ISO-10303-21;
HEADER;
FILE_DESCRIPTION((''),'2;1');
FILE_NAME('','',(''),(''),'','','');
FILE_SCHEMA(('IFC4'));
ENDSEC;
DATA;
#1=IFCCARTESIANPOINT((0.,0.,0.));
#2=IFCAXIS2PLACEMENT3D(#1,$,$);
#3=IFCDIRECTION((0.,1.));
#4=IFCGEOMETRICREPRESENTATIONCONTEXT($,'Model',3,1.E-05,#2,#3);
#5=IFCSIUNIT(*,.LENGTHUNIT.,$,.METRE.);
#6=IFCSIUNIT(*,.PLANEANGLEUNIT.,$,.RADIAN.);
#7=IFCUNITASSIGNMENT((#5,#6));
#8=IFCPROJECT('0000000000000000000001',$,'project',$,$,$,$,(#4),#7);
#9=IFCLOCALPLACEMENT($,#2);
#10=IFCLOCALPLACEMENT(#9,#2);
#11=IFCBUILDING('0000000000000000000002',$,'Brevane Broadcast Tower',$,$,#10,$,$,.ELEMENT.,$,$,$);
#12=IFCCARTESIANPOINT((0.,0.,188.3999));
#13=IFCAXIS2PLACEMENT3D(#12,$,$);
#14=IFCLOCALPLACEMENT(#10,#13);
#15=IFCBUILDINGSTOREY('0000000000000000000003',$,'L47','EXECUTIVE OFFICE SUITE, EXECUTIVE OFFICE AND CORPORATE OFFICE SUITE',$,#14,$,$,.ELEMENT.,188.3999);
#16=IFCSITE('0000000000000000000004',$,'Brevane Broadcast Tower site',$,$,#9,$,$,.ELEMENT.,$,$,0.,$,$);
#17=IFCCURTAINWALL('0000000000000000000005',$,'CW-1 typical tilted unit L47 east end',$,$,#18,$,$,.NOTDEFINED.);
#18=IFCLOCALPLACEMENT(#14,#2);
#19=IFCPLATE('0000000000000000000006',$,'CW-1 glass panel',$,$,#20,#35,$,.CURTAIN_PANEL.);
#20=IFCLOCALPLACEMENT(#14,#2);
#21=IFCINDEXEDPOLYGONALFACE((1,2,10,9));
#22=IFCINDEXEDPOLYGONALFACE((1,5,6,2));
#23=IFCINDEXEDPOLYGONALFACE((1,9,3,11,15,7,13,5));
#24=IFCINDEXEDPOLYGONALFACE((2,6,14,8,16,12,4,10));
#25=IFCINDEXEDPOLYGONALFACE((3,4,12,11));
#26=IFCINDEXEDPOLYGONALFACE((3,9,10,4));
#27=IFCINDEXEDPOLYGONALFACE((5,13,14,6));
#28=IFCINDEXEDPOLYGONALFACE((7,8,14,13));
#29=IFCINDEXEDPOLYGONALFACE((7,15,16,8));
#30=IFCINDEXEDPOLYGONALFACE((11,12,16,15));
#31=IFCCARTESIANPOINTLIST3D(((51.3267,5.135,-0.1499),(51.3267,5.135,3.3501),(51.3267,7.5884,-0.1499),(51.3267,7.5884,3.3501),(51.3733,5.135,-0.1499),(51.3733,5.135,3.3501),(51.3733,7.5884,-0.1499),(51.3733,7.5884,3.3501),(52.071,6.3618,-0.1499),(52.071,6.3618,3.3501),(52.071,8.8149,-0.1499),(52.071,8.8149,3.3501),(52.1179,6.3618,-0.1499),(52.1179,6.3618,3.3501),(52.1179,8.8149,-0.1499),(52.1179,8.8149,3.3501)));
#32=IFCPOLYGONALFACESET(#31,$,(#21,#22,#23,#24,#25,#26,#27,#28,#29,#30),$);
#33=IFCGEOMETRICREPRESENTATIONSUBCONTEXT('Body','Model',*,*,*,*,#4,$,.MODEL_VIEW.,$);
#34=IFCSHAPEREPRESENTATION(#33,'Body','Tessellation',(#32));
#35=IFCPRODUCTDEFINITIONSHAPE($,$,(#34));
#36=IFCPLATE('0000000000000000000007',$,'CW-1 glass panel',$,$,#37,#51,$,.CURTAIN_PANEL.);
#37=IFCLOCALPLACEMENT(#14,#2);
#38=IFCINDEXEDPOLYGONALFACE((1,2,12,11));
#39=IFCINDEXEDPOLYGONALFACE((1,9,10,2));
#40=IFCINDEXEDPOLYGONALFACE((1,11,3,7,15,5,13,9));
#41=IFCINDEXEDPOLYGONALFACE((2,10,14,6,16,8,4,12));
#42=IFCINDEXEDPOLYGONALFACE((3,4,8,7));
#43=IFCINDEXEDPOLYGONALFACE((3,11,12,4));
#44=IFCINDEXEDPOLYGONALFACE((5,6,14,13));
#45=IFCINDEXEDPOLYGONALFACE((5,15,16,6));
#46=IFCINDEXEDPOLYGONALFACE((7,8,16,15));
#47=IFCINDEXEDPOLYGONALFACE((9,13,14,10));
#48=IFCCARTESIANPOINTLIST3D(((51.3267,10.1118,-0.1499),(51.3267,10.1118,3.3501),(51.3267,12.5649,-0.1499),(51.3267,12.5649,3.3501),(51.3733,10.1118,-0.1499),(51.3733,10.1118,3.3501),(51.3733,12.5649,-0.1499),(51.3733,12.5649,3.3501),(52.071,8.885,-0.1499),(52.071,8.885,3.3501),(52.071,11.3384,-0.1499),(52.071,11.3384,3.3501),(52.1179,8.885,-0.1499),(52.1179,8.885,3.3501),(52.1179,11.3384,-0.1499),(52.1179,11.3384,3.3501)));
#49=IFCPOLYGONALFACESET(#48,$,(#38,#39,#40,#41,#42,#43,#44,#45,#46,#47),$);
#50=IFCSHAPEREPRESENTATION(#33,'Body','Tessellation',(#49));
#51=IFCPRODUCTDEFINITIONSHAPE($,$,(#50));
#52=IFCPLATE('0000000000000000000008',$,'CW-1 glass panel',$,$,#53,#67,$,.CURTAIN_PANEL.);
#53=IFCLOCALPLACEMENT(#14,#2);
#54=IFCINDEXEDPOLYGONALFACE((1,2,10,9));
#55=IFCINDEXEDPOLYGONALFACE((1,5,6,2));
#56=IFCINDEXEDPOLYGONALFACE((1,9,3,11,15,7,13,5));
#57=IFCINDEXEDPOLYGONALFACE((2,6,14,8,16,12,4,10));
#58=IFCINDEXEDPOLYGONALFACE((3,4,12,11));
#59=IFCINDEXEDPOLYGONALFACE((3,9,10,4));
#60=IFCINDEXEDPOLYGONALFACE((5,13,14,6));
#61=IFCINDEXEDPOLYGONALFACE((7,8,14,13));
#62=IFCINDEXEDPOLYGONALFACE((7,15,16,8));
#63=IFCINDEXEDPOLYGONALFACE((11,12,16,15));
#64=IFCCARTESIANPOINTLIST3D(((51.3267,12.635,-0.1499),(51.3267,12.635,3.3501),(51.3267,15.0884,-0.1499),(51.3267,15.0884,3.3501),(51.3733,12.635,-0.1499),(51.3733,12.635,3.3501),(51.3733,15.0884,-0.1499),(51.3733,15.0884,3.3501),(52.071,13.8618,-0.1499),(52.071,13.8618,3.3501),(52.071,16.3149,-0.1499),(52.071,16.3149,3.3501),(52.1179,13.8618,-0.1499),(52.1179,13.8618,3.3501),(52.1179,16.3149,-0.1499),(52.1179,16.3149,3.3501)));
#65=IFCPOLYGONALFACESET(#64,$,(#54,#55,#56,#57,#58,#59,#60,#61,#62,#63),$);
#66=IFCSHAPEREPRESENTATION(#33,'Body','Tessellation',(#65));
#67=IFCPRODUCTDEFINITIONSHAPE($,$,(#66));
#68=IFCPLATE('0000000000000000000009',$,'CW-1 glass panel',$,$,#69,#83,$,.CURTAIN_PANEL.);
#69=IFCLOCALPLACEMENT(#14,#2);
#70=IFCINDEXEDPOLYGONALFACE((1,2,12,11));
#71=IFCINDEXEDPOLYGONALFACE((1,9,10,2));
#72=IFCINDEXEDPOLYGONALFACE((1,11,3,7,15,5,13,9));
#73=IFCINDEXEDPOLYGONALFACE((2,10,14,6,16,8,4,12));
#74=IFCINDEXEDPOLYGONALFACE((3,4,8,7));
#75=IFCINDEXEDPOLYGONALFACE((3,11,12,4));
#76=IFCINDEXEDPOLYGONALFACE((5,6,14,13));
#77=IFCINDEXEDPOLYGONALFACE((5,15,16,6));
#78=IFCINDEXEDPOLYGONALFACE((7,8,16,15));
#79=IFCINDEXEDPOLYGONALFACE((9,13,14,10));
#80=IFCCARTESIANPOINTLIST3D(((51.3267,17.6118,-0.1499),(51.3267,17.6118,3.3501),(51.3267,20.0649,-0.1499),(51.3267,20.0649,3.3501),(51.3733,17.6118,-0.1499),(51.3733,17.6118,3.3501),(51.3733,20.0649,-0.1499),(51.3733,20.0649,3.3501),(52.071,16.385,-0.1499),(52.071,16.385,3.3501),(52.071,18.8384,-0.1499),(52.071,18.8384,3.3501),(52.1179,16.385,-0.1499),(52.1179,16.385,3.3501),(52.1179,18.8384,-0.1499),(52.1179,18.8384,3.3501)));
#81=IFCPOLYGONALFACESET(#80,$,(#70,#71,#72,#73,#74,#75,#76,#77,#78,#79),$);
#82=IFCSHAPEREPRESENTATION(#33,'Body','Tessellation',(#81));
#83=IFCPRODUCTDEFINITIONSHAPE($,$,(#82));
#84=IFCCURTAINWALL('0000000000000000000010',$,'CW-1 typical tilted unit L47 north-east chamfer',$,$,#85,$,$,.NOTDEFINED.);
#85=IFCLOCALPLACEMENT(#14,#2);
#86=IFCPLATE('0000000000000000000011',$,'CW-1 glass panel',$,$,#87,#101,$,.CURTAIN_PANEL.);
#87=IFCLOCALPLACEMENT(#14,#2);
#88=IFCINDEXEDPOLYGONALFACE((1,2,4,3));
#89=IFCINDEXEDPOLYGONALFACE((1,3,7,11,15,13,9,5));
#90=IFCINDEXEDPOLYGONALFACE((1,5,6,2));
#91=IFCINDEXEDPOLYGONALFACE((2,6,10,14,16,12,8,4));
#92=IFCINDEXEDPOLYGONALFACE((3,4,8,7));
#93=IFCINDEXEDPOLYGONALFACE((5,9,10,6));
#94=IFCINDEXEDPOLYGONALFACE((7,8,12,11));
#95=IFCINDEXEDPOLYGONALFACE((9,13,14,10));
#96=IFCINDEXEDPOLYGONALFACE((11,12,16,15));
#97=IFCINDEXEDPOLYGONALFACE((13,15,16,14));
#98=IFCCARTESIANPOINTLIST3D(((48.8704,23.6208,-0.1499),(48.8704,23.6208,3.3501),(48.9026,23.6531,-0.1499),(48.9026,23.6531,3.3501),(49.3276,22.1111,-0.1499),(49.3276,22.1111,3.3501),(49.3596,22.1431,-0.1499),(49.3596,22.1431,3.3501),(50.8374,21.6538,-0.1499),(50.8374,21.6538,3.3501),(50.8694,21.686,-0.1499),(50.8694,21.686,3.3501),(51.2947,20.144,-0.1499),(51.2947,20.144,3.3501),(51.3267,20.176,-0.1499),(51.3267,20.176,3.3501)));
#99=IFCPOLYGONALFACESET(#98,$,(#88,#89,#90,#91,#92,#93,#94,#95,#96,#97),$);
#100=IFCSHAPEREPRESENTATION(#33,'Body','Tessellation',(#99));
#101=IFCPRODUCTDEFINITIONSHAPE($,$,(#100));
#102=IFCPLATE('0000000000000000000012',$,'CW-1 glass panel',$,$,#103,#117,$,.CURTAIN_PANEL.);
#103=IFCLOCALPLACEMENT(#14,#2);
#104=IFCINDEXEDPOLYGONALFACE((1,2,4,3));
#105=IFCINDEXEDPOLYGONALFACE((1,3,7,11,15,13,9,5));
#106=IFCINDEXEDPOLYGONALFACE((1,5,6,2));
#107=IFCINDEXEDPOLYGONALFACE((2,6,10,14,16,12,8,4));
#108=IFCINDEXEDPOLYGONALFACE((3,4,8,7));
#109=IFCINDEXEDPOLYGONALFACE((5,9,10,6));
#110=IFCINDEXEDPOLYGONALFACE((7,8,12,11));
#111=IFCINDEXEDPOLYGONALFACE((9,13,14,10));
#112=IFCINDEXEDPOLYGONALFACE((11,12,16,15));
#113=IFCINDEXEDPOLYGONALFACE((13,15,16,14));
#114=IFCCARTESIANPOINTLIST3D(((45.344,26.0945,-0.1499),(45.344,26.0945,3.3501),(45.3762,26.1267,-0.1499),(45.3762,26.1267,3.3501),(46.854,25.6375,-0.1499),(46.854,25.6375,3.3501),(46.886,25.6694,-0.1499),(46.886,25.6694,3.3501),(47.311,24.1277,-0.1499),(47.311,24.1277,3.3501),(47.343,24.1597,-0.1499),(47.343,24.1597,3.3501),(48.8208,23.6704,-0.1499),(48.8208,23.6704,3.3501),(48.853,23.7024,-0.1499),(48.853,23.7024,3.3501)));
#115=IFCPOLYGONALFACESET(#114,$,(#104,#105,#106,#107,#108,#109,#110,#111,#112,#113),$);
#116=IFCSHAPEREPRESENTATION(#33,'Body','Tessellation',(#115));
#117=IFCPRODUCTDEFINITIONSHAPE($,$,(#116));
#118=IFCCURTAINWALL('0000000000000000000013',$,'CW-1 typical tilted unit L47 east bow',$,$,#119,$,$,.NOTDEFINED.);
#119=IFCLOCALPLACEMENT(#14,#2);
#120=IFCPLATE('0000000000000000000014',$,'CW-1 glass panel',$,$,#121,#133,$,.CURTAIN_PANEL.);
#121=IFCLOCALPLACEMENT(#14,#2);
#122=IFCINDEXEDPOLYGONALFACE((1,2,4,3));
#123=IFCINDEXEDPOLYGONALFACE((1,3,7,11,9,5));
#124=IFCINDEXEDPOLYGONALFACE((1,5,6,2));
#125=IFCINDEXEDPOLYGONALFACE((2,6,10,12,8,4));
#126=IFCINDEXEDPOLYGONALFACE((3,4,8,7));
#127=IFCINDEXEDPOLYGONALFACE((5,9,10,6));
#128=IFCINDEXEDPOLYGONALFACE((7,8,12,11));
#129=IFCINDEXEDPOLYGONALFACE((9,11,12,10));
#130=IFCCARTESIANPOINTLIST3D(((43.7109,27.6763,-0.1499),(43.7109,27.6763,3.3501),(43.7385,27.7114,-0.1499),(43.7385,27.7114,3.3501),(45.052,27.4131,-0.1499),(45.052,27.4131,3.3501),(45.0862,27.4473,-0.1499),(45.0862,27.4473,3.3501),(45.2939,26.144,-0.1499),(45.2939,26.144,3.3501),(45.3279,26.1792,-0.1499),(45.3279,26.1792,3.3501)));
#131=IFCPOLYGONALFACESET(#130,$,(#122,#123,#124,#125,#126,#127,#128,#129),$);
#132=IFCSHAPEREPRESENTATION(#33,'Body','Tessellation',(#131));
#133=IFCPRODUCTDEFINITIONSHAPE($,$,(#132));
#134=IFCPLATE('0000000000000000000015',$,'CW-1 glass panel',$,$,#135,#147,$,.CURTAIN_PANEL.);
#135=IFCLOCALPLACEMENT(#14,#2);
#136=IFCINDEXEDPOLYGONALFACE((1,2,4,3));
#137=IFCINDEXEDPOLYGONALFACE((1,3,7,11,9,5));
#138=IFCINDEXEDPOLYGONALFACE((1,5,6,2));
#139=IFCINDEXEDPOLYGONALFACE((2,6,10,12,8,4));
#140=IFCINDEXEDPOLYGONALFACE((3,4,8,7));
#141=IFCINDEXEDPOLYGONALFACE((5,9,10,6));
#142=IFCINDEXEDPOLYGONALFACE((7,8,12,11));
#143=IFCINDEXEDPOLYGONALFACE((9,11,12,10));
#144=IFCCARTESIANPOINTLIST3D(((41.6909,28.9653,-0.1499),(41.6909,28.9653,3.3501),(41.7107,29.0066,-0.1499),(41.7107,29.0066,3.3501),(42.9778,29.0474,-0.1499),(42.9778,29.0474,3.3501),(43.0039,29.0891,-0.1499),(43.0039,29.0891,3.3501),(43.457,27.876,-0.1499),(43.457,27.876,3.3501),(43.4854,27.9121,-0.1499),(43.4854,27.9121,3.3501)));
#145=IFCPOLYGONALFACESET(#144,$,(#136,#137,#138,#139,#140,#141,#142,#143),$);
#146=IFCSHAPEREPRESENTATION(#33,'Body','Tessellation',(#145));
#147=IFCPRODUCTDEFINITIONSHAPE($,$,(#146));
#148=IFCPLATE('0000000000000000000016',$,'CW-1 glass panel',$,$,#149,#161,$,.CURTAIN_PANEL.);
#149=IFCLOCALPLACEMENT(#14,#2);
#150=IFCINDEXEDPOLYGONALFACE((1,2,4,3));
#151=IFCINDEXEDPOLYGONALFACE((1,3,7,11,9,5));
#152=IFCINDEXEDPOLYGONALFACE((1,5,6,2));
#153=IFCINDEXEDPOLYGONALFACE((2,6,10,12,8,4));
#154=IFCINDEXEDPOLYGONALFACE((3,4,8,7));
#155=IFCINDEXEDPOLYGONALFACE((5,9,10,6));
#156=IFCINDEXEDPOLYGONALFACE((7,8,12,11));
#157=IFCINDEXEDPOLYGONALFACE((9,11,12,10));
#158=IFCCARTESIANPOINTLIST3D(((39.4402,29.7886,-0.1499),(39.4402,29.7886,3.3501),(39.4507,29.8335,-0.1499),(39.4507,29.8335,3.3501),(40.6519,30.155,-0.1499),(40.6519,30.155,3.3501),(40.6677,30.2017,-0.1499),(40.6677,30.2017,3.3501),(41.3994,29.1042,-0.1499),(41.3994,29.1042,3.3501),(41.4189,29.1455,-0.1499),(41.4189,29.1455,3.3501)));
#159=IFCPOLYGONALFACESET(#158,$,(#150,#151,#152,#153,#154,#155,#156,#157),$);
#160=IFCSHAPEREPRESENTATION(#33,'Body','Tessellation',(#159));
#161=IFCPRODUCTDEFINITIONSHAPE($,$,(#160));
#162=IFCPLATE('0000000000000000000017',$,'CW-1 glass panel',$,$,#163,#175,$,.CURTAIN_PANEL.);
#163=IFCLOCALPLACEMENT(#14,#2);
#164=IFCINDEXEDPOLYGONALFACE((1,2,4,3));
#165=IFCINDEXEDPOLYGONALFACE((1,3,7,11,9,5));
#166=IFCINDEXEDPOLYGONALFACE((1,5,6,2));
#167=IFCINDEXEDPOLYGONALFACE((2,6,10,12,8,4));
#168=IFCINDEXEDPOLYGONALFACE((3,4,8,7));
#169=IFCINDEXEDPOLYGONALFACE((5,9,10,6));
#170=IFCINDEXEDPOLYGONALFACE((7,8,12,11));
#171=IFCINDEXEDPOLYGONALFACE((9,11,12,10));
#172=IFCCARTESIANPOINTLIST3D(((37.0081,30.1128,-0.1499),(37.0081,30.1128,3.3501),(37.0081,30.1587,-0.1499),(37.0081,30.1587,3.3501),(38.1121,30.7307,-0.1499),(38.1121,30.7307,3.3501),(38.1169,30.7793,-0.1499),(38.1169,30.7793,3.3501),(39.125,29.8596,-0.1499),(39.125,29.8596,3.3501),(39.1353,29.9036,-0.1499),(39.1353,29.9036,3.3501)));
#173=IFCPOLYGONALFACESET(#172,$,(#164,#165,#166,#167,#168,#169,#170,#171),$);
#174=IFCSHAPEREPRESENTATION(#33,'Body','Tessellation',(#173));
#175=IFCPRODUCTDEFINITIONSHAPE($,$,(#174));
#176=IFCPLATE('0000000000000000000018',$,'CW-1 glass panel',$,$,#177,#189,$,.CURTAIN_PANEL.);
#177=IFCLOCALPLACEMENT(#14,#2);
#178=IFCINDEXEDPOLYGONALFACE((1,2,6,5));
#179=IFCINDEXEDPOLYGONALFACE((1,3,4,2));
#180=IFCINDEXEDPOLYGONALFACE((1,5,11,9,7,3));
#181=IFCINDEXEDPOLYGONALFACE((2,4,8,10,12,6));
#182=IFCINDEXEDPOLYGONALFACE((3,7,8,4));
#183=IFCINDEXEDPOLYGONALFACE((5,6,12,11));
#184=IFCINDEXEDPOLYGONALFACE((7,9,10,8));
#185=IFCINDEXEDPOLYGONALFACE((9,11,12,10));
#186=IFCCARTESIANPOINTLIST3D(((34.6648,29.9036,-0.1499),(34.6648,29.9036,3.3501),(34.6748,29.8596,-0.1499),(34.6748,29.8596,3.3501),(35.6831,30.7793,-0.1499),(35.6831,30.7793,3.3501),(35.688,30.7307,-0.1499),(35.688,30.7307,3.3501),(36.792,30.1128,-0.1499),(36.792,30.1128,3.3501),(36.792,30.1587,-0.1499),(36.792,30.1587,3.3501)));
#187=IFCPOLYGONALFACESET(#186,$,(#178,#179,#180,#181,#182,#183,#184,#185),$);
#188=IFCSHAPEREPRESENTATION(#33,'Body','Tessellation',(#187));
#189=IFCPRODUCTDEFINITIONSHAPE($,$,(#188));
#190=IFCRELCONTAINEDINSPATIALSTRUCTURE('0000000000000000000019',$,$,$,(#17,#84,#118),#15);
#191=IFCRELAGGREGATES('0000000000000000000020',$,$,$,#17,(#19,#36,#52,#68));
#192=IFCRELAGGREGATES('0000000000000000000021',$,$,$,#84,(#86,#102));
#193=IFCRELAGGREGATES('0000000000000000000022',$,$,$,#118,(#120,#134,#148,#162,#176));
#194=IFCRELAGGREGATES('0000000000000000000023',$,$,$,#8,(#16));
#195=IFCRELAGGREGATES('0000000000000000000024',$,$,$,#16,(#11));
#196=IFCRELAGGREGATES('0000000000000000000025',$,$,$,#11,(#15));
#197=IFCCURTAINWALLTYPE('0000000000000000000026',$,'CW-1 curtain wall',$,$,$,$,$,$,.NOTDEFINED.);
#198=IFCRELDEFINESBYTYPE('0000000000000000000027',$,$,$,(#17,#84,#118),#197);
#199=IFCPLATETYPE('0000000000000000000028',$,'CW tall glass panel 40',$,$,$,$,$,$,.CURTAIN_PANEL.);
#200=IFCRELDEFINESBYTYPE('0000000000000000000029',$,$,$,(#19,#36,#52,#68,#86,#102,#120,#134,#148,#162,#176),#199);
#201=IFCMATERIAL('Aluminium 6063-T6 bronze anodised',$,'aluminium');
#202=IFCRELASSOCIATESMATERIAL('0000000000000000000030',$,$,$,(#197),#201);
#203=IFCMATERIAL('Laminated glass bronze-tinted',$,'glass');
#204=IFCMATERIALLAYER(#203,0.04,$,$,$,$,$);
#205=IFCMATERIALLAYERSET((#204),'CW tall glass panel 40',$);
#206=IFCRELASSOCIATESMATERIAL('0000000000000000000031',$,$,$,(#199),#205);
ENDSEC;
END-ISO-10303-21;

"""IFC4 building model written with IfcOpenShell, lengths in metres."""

from ifc_helpers import new_model, si_unit, direction, frame, origin, place, context, subcontext, project, spatial, polyline, outline, extrude, material, layer, layer_set, type_object, element, aggregate, save


model = new_model("IFC4")

# Units and contexts
model_context = context("Model", 3, precision=1e-05, world=origin(), true_north=direction((0.0, 1.0)))
body_context = subcontext(model_context, "Body", "Model", "MODEL_VIEW")
ifc_project = project(units=[si_unit("LENGTHUNIT", "METRE"), si_unit("PLANEANGLEUNIT", "RADIAN")], contexts=[model_context])

# Site, building, storey
site_placement = place(None, origin())
site = spatial("IfcSite", under=ifc_project, at=site_placement, Name="Brevane Broadcast Tower site", CompositionType="ELEMENT", RefElevation=0.0)
building_placement = place(site_placement, origin())
building = spatial("IfcBuilding", under=site, at=building_placement, Name="Brevane Broadcast Tower", CompositionType="ELEMENT")
storey_placement = place(building_placement, frame((0.0, 0.0, 188.3999)))
storey = spatial("IfcBuildingStorey", under=building, at=storey_placement, Name="L47", Description="EXECUTIVE OFFICE SUITE, EXECUTIVE OFFICE AND CORPORATE OFFICE SUITE", CompositionType="ELEMENT", Elevation=188.3999)

# Curtain walls, plates
ifc_material_1 = material(Name="Aluminium 6063-T6 bronze anodised", Category="aluminium")
curtain_wall_type = type_object("IfcCurtainWallType", Name="CW-1 curtain wall", PredefinedType="NOTDEFINED", material=ifc_material_1)
ifc_material_2 = material(Name="Laminated glass bronze-tinted", Category="glass")
ifc_layer = layer(ifc_material_2, 0.04)
ifc_layer_set = layer_set([ifc_layer], Name="CW tall glass panel 40")
plate_type = type_object("IfcPlateType", Name="CW tall glass panel 40", PredefinedType="CURTAIN_PANEL", material=ifc_layer_set)
curtain_wall_1_placement = place(storey_placement, origin())
curtain_wall_1 = element("IfcCurtainWall", 1, at=curtain_wall_1_placement, inside=storey, type_object=curtain_wall_type, Name="CW-1 typical tilted unit L47 east end", PredefinedType="NOTDEFINED")
plate_1_placement = place(storey_placement, frame((0.0, 0.0, -0.1499)))
plate_1 = element("IfcPlate", 2, at=plate_1_placement, type_object=plate_type, Name="CW-1 glass panel", PredefinedType="CURTAIN_PANEL", context=body_context, shape_type="SweptSolid", body=[
    extrude(outline(polyline([(51.3267, 5.135), (51.3733, 5.135), (52.1179, 6.3618), (51.3733, 7.5884), (52.1179, 8.8149), (52.071, 8.8149), (51.3267, 7.5884), (52.071, 6.3618), (51.3267, 5.135)])), origin(), (0.0, 0.0, 1.0), 3.5),
])
plate_2_placement = place(storey_placement, frame((0.0, 0.0, -0.1499)))
plate_2 = element("IfcPlate", 3, at=plate_2_placement, type_object=plate_type, Name="CW-1 glass panel", PredefinedType="CURTAIN_PANEL", context=body_context, shape_type="SweptSolid", body=[
    extrude(outline(polyline([(52.071, 8.885), (52.1179, 8.885), (51.3733, 10.1118), (52.1179, 11.3384), (51.3733, 12.5649), (51.3267, 12.5649), (52.071, 11.3384), (51.3267, 10.1118), (52.071, 8.885)])), origin(), (0.0, 0.0, 1.0), 3.5),
])
plate_3_placement = place(storey_placement, frame((0.0, 0.0, -0.1499)))
plate_3 = element("IfcPlate", 4, at=plate_3_placement, type_object=plate_type, Name="CW-1 glass panel", PredefinedType="CURTAIN_PANEL", context=body_context, shape_type="SweptSolid", body=[
    extrude(outline(polyline([(51.3267, 12.635), (51.3733, 12.635), (52.1179, 13.8618), (51.3733, 15.0884), (52.1179, 16.3149), (52.071, 16.3149), (51.3267, 15.0884), (52.071, 13.8618), (51.3267, 12.635)])), origin(), (0.0, 0.0, 1.0), 3.5),
])
plate_4_placement = place(storey_placement, frame((0.0, 0.0, -0.1499)))
plate_4 = element("IfcPlate", 5, at=plate_4_placement, type_object=plate_type, Name="CW-1 glass panel", PredefinedType="CURTAIN_PANEL", context=body_context, shape_type="SweptSolid", body=[
    extrude(outline(polyline([(52.071, 16.385), (52.1179, 16.385), (51.3733, 17.6118), (52.1179, 18.8384), (51.3733, 20.0649), (51.3267, 20.0649), (52.071, 18.8384), (51.3267, 17.6118), (52.071, 16.385)])), origin(), (0.0, 0.0, 1.0), 3.5),
])
aggregate(curtain_wall_1, [plate_1, plate_2, plate_3, plate_4])
curtain_wall_2_placement = place(storey_placement, origin())
curtain_wall_2 = element("IfcCurtainWall", 6, at=curtain_wall_2_placement, inside=storey, type_object=curtain_wall_type, Name="CW-1 typical tilted unit L47 north-east chamfer", PredefinedType="NOTDEFINED")
plate_5_placement = place(storey_placement, frame((0.0, 0.0, -0.1499)))
plate_5 = element("IfcPlate", 7, at=plate_5_placement, type_object=plate_type, Name="CW-1 glass panel", PredefinedType="CURTAIN_PANEL", context=body_context, shape_type="SweptSolid", body=[
    extrude(outline(polyline([(51.2947, 20.144), (51.3267, 20.176), (50.8694, 21.686), (49.3596, 22.1431), (48.9026, 23.6531), (48.8704, 23.6208), (49.3276, 22.1111), (50.8374, 21.6538), (51.2947, 20.144)])), origin(), (0.0, 0.0, 1.0), 3.5),
])
plate_6_placement = place(storey_placement, frame((0.0, 0.0, -0.1499)))
plate_6 = element("IfcPlate", 8, at=plate_6_placement, type_object=plate_type, Name="CW-1 glass panel", PredefinedType="CURTAIN_PANEL", context=body_context, shape_type="SweptSolid", body=[
    extrude(outline(polyline([(48.8208, 23.6704), (48.853, 23.7024), (47.343, 24.1597), (46.886, 25.6694), (45.3762, 26.1267), (45.344, 26.0945), (46.854, 25.6375), (47.311, 24.1277), (48.8208, 23.6704)])), origin(), (0.0, 0.0, 1.0), 3.5),
])
aggregate(curtain_wall_2, [plate_5, plate_6])
curtain_wall_3_placement = place(storey_placement, origin())
curtain_wall_3 = element("IfcCurtainWall", 9, at=curtain_wall_3_placement, inside=storey, type_object=curtain_wall_type, Name="CW-1 typical tilted unit L47 east bow", PredefinedType="NOTDEFINED")
plate_7_placement = place(storey_placement, frame((0.0, 0.0, -0.1499)))
plate_7 = element("IfcPlate", 10, at=plate_7_placement, type_object=plate_type, Name="CW-1 glass panel", PredefinedType="CURTAIN_PANEL", context=body_context, shape_type="SweptSolid", body=[
    extrude(outline(polyline([(45.2939, 26.144), (45.3279, 26.1792), (45.0862, 27.4473), (43.7385, 27.7114), (43.7109, 27.6763), (45.052, 27.4131), (45.2939, 26.144)])), origin(), (0.0, 0.0, 1.0), 3.5),
])
plate_8_placement = place(storey_placement, frame((0.0, 0.0, -0.1499)))
plate_8 = element("IfcPlate", 11, at=plate_8_placement, type_object=plate_type, Name="CW-1 glass panel", PredefinedType="CURTAIN_PANEL", context=body_context, shape_type="SweptSolid", body=[
    extrude(outline(polyline([(43.457, 27.876), (43.4854, 27.9121), (43.0039, 29.0891), (41.7107, 29.0066), (41.6909, 28.9653), (42.9778, 29.0474), (43.457, 27.876)])), origin(), (0.0, 0.0, 1.0), 3.5),
])
plate_9_placement = place(storey_placement, frame((0.0, 0.0, -0.1499)))
plate_9 = element("IfcPlate", 12, at=plate_9_placement, type_object=plate_type, Name="CW-1 glass panel", PredefinedType="CURTAIN_PANEL", context=body_context, shape_type="SweptSolid", body=[
    extrude(outline(polyline([(41.3994, 29.1042), (41.4189, 29.1455), (40.6677, 30.2017), (39.4507, 29.8335), (39.4402, 29.7886), (40.6519, 30.155), (41.3994, 29.1042)])), origin(), (0.0, 0.0, 1.0), 3.5),
])
plate_10_placement = place(storey_placement, frame((0.0, 0.0, -0.1499)))
plate_10 = element("IfcPlate", 13, at=plate_10_placement, type_object=plate_type, Name="CW-1 glass panel", PredefinedType="CURTAIN_PANEL", context=body_context, shape_type="SweptSolid", body=[
    extrude(outline(polyline([(39.125, 29.8596), (39.1353, 29.9036), (38.1169, 30.7793), (37.0081, 30.1587), (37.0081, 30.1128), (38.1121, 30.7307), (39.125, 29.8596)])), origin(), (0.0, 0.0, 1.0), 3.5),
])
plate_11_placement = place(storey_placement, frame((0.0, 0.0, -0.1499)))
plate_11 = element("IfcPlate", 14, at=plate_11_placement, type_object=plate_type, Name="CW-1 glass panel", PredefinedType="CURTAIN_PANEL", context=body_context, shape_type="SweptSolid", body=[
    extrude(outline(polyline([(36.792, 30.1128), (36.792, 30.1587), (35.6831, 30.7793), (34.6648, 29.9036), (34.6748, 29.8596), (35.688, 30.7307), (36.792, 30.1128)])), origin(), (0.0, 0.0, 1.0), 3.5),
])
aggregate(curtain_wall_3, [plate_7, plate_8, plate_9, plate_10, plate_11])

save(model, "model.ifc")
